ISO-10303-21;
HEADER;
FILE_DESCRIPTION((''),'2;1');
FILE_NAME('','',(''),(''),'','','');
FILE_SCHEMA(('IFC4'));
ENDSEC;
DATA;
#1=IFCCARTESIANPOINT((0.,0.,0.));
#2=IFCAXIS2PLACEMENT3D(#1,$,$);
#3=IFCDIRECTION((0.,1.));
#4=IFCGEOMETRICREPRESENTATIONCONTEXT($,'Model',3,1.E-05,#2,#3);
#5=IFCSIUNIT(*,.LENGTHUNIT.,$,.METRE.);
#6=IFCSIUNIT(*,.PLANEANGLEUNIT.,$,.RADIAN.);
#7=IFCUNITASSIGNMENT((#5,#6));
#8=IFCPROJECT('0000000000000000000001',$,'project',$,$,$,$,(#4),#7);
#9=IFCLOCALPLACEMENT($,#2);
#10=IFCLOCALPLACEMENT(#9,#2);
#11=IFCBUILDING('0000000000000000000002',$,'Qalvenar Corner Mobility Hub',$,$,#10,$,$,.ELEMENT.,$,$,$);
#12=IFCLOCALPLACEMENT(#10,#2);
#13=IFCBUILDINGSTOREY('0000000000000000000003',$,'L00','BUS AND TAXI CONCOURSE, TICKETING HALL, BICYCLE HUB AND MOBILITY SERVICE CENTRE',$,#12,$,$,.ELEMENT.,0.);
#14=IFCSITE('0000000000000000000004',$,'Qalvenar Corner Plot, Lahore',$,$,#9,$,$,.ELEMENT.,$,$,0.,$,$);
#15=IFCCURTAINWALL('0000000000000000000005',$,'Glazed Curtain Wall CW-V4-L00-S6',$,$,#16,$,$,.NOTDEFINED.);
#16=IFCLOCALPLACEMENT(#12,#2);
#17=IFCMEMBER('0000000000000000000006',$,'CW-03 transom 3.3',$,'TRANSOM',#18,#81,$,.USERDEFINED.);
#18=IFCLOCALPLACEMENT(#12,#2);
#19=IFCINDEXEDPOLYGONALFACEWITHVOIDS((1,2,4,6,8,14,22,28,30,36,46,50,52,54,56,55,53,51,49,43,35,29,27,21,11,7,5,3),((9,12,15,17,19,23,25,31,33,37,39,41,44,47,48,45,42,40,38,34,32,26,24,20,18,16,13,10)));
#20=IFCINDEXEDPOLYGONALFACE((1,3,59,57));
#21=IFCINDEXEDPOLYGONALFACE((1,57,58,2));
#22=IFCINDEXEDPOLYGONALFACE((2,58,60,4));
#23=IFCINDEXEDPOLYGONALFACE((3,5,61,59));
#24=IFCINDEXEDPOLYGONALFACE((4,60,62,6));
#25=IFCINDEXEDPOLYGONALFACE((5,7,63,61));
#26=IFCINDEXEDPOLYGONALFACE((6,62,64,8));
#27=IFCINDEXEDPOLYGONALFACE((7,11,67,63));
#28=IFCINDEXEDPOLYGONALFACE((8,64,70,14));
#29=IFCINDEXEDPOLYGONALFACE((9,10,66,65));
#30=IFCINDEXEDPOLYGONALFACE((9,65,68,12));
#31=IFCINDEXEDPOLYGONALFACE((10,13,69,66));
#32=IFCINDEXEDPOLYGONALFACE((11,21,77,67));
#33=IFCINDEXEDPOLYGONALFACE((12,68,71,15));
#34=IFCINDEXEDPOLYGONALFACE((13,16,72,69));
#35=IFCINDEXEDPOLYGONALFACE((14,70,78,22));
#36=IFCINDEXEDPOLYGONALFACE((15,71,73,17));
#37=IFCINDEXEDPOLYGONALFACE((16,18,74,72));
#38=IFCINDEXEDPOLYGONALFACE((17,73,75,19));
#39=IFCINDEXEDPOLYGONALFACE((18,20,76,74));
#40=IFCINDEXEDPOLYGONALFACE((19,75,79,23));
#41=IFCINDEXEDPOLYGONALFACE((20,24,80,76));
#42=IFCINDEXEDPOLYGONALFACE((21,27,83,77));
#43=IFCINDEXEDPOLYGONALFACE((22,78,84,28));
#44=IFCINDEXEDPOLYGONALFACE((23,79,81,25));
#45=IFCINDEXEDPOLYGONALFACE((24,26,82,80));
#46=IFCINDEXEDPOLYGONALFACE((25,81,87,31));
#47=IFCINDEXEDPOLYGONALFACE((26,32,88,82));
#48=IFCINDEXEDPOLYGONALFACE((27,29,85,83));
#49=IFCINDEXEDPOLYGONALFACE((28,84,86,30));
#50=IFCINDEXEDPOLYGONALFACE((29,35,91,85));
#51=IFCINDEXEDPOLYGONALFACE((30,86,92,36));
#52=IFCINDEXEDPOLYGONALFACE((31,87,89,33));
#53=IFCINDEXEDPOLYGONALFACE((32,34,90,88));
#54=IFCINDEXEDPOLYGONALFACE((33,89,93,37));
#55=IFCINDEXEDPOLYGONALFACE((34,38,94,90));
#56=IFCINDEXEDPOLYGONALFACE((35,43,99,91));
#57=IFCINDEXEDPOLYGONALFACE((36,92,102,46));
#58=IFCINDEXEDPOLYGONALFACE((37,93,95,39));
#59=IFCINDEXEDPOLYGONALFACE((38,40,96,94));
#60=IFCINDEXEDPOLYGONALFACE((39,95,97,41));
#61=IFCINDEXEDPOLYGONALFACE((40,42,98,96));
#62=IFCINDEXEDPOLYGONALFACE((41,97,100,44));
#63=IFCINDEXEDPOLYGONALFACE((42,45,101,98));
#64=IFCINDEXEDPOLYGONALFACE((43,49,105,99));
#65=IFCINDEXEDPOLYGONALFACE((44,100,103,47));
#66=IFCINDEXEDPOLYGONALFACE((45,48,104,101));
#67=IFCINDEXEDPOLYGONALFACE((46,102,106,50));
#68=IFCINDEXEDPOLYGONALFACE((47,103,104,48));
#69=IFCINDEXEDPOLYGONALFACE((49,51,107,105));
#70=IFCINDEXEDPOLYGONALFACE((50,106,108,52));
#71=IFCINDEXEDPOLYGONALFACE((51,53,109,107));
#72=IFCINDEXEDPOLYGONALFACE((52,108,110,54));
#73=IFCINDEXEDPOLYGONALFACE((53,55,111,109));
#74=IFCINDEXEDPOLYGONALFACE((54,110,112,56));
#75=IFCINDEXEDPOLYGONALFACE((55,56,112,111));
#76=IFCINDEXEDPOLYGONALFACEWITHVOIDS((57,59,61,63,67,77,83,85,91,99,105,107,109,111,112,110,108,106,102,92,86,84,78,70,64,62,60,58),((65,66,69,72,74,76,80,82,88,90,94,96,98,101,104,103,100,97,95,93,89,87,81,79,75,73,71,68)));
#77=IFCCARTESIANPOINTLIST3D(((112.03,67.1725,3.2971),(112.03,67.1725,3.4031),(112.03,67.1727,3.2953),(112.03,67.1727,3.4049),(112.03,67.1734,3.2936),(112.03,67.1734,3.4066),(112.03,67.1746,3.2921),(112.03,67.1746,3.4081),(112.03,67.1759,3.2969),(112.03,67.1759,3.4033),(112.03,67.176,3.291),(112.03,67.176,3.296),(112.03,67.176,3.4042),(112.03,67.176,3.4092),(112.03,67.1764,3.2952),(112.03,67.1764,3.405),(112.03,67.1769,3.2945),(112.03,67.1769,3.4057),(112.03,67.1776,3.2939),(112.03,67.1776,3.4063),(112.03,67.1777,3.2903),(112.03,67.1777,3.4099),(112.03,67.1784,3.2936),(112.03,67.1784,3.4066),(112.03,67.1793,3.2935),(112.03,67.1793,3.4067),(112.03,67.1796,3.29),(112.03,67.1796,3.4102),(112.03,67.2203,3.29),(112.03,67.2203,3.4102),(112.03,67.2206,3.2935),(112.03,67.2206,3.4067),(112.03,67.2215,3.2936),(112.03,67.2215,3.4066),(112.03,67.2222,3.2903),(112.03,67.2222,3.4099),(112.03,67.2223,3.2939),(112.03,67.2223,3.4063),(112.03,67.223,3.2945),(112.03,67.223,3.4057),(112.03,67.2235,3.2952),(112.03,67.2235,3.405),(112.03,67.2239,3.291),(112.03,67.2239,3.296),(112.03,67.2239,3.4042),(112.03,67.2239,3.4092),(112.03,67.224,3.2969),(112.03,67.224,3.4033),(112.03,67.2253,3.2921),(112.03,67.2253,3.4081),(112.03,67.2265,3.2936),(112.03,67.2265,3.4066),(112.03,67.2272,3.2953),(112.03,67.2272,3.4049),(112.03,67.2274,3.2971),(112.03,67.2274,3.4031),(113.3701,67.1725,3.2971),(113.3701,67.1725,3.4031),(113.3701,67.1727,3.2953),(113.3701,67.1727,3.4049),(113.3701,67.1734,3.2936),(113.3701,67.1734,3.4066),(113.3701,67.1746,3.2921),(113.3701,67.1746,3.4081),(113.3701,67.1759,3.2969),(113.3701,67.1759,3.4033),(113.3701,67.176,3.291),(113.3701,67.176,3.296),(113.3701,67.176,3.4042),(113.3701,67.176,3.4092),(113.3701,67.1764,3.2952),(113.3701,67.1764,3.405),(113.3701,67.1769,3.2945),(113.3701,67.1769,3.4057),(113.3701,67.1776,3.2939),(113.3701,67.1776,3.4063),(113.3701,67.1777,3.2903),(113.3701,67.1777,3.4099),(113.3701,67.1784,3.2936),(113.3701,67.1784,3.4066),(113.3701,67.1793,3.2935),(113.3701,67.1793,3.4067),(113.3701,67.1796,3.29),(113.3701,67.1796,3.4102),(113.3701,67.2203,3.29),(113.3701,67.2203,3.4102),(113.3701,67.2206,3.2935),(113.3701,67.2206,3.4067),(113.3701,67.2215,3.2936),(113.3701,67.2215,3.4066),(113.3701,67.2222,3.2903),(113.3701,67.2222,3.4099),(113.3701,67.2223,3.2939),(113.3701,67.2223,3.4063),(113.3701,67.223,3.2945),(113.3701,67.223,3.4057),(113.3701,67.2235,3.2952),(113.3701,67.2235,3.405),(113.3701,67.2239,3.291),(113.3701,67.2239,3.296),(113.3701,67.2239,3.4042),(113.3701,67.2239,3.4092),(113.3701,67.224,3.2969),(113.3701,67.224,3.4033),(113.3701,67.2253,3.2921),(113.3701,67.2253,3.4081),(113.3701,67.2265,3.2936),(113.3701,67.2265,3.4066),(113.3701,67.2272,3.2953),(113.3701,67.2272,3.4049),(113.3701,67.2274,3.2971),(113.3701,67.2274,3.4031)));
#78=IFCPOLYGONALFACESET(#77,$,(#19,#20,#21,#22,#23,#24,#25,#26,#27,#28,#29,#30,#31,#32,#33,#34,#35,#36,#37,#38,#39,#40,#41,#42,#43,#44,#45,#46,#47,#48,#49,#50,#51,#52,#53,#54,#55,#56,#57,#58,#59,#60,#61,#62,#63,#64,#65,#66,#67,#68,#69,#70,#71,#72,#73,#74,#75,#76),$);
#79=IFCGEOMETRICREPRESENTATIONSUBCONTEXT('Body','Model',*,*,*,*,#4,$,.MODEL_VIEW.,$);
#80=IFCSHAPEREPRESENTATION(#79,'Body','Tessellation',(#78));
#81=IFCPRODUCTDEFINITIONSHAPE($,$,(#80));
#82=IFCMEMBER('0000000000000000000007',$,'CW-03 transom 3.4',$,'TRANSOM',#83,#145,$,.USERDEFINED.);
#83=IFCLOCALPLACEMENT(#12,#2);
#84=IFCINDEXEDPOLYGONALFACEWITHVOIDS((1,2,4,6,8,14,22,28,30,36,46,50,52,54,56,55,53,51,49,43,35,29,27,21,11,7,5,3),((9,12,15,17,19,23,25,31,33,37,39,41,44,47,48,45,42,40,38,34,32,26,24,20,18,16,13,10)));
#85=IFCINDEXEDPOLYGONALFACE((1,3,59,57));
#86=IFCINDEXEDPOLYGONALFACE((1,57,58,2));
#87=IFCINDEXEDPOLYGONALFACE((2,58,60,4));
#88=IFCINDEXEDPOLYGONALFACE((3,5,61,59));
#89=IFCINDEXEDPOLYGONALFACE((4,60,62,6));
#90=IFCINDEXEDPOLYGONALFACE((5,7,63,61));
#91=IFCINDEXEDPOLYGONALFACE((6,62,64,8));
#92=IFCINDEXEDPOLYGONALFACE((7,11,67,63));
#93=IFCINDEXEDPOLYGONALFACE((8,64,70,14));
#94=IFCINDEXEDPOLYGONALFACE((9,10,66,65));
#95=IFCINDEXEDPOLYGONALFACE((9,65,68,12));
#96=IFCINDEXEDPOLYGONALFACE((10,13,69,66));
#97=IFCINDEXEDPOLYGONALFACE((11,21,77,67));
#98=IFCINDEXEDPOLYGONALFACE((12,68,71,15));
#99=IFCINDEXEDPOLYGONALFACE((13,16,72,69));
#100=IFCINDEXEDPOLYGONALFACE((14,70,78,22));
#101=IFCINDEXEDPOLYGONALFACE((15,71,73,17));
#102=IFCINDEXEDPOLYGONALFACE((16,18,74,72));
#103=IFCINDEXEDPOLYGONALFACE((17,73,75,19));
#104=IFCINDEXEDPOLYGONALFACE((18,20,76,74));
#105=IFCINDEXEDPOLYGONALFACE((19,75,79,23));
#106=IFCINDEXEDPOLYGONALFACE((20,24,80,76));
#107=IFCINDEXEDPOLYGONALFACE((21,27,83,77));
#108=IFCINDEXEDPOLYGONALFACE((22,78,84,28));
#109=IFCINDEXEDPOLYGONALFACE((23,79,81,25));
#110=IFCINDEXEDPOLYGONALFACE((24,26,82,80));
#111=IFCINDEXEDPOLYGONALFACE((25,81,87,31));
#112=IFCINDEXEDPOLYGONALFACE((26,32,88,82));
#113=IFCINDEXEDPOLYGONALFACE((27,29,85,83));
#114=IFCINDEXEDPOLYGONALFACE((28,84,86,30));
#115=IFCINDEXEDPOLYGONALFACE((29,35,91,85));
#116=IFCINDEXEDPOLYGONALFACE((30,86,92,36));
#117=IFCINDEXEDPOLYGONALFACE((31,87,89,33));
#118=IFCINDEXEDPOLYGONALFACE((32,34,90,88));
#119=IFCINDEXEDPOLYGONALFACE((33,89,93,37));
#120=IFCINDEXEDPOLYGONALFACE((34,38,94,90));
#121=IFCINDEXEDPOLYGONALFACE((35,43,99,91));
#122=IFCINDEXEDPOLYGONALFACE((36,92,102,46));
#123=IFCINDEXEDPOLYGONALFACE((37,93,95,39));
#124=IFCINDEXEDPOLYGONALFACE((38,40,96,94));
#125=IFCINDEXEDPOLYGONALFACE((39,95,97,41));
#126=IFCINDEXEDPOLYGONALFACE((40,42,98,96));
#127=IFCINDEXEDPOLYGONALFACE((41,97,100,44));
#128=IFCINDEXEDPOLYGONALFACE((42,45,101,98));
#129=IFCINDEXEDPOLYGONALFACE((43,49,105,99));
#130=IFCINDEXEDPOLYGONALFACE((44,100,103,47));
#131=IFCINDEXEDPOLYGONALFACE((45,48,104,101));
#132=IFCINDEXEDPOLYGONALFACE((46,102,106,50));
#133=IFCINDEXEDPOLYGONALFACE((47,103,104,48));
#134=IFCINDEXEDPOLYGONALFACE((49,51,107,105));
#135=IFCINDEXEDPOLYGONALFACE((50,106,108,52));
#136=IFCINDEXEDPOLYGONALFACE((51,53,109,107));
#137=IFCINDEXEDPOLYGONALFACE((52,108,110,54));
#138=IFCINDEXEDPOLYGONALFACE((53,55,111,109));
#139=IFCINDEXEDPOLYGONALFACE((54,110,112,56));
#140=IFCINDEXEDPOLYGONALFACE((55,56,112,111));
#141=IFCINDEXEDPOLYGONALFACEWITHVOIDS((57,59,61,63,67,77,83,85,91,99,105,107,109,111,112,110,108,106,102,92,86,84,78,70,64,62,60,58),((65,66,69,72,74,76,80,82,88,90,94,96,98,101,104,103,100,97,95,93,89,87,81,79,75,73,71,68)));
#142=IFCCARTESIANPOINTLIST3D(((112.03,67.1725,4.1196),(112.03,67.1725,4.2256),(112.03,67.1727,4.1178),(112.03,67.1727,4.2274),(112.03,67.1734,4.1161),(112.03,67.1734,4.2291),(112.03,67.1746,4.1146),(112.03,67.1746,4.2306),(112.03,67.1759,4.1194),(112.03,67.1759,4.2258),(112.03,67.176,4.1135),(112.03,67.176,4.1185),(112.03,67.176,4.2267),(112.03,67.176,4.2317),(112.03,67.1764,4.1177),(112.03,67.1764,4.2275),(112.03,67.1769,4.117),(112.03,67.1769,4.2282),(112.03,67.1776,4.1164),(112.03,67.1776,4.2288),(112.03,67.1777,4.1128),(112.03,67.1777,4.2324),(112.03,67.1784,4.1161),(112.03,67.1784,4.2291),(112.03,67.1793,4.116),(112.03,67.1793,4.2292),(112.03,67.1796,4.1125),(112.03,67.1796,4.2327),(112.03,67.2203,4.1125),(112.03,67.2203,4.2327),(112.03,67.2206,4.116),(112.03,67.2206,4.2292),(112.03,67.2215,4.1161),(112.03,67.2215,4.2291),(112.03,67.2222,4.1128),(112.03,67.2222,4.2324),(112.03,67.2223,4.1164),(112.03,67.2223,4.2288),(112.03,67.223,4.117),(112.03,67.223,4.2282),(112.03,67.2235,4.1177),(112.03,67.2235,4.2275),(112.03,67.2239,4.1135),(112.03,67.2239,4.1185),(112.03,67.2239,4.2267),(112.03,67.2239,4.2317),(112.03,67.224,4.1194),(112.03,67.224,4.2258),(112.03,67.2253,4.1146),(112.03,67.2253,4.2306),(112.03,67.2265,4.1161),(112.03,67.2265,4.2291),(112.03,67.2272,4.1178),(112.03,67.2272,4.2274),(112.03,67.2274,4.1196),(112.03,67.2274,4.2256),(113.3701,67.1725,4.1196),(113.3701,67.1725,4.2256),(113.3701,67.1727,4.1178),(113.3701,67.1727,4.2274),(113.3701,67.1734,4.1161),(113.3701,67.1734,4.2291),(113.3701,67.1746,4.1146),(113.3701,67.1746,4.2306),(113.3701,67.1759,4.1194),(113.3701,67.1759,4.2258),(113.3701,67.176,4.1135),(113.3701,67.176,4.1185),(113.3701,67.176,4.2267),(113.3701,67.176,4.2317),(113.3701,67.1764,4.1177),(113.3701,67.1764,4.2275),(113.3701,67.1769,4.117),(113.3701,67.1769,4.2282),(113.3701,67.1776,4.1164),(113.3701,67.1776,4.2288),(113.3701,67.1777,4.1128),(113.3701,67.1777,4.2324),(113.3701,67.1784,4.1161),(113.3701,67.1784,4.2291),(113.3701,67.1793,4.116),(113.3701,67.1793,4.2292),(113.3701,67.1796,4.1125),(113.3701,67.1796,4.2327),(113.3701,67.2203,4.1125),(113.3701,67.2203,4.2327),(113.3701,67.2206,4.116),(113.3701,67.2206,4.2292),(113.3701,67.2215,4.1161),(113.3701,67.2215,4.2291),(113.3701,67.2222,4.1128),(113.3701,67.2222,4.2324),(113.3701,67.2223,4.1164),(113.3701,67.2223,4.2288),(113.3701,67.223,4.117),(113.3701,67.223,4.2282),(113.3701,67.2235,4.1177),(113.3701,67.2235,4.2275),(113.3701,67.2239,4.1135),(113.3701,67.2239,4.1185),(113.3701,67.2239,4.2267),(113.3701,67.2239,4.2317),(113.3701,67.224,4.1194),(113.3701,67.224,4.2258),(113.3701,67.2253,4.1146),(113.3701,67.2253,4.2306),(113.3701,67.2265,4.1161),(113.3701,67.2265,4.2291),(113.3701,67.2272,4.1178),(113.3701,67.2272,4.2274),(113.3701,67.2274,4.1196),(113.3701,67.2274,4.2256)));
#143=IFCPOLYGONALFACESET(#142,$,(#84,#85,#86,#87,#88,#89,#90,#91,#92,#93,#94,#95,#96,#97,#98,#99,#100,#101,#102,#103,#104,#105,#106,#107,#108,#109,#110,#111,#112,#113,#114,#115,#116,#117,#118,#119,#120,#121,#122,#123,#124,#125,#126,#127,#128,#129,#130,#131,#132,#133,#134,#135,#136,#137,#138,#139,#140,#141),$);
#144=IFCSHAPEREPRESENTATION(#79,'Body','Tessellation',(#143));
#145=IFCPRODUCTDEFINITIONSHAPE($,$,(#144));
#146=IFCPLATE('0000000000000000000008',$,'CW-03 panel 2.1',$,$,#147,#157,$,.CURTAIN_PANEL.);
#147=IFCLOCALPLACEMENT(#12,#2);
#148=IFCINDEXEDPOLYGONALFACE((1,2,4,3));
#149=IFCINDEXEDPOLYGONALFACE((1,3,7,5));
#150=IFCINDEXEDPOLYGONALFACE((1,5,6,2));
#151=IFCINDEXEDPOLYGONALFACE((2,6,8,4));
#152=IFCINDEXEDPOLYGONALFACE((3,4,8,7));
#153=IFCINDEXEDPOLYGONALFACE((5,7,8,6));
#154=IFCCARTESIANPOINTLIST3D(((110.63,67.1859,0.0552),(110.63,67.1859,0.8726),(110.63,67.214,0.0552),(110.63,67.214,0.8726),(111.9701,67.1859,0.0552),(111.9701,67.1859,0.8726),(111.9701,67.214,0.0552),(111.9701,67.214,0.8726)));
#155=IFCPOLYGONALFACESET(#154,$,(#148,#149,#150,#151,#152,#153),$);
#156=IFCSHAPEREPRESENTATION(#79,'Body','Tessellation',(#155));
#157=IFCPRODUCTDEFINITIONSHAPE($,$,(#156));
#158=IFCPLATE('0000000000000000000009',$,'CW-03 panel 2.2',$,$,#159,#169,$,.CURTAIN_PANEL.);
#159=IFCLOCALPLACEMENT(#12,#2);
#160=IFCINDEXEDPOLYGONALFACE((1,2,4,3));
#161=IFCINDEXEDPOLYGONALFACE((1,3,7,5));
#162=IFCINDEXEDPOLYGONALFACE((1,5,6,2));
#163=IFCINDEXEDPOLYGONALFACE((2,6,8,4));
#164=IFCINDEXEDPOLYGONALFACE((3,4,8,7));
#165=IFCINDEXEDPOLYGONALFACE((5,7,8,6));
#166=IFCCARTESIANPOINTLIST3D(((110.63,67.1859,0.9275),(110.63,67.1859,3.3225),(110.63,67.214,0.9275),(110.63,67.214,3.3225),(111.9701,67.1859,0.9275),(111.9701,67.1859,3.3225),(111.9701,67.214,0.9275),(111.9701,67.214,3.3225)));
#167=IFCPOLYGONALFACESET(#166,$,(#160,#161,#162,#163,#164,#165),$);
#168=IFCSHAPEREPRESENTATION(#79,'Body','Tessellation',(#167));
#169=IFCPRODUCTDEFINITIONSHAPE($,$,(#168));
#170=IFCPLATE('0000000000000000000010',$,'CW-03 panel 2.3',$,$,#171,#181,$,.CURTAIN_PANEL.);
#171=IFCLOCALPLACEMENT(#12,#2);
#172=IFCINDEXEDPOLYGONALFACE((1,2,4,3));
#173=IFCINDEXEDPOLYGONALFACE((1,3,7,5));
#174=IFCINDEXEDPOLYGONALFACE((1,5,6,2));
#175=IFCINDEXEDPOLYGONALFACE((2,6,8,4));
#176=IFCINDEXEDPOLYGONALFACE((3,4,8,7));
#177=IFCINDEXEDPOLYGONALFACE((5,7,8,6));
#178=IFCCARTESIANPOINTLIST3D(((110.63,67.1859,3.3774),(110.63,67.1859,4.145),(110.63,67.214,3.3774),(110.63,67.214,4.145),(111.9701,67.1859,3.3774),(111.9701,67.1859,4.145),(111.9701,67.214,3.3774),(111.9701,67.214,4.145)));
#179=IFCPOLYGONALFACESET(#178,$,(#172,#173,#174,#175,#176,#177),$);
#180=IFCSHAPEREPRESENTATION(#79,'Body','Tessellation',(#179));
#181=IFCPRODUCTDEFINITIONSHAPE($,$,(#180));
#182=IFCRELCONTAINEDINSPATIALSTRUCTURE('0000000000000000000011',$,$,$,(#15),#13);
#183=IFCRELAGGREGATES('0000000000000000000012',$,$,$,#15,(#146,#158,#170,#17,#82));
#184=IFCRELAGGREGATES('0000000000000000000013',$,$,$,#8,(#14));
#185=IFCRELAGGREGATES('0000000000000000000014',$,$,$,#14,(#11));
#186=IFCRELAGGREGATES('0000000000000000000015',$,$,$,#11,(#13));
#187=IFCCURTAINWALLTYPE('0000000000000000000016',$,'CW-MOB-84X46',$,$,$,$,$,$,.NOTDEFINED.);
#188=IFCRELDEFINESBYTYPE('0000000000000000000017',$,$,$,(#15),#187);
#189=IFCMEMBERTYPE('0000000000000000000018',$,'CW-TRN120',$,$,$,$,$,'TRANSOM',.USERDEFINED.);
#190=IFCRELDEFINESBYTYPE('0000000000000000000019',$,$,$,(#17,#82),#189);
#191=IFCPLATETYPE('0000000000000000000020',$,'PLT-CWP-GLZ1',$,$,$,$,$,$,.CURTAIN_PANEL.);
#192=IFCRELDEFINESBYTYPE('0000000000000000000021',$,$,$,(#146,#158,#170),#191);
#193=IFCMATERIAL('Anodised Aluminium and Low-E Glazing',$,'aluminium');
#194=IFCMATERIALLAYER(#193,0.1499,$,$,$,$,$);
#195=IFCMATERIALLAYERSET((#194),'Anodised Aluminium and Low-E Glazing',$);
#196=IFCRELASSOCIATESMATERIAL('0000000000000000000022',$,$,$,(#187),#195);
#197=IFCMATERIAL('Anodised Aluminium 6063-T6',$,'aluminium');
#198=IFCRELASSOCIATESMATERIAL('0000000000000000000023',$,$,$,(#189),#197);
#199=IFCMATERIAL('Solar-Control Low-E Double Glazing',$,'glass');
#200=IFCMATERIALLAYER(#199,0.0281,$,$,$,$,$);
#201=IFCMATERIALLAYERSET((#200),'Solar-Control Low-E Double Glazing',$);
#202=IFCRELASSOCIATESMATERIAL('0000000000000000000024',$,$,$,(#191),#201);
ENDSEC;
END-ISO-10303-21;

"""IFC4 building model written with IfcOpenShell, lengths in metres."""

from ifc_helpers import new_model, si_unit, direction, frame, origin, origin_2d, place, context, subcontext, project, spatial, rectangle, hollow_rectangle, extrude, material, layer, layer_set, material_profile, profile_set, type_object, element, aggregate, save


model = new_model("IFC4")

# Units and contexts
model_context = context("Model", 3, precision=1e-05, world=origin(), true_north=direction((0.0, 1.0)))
body_context = subcontext(model_context, "Body", "Model", "MODEL_VIEW")
ifc_project = project(units=[si_unit("LENGTHUNIT", "METRE"), si_unit("PLANEANGLEUNIT", "RADIAN")], contexts=[model_context])

# Site, building, storey
site_placement = place(None, origin())
site = spatial("IfcSite", under=ifc_project, at=site_placement, Name="Qalvenar Corner Plot, Lahore", CompositionType="ELEMENT", RefElevation=0.0)
building_placement = place(site_placement, origin())
building = spatial("IfcBuilding", under=site, at=building_placement, Name="Qalvenar Corner Mobility Hub", CompositionType="ELEMENT")
storey_placement = place(building_placement, origin())
storey = spatial("IfcBuildingStorey", under=building, at=storey_placement, Name="L00", Description="BUS AND TAXI CONCOURSE, TICKETING HALL, BICYCLE HUB AND MOBILITY SERVICE CENTRE", CompositionType="ELEMENT", Elevation=0.0)

# Curtain wall, members, plates
ifc_material_1 = material(Name="Anodised Aluminium and Low-E Glazing", Category="aluminium")
ifc_layer_1 = layer(ifc_material_1, 0.1499)
ifc_layer_set_1 = layer_set([ifc_layer_1], Name="Anodised Aluminium and Low-E Glazing")
curtain_wall_type = type_object("IfcCurtainWallType", Name="CW-MOB-84X46", PredefinedType="NOTDEFINED", material=ifc_layer_set_1)
curtain_wall_placement = place(storey_placement, origin())
curtain_wall = element("IfcCurtainWall", 1, at=curtain_wall_placement, inside=storey, type_object=curtain_wall_type, Name="Glazed Curtain Wall CW-V4-L00-S6", PredefinedType="NOTDEFINED")
ifc_material_2 = material(Name="Anodised Aluminium 6063-T6", Category="aluminium")
ifc_material_profile_1 = material_profile(ifc_material_2, hollow_rectangle(XDim=0.0549, YDim=0.1201, WallThickness=0.0034, InnerFilletRadius=0.0034, OuterFilletRadius=0.0071, at=origin_2d()), Name="RHS120x55x3.5")
ifc_profile_set_1 = profile_set([ifc_material_profile_1], Name="Anodised Aluminium 6063-T6")
member_type_1 = type_object("IfcMemberType", Name="CW-TRN120", ElementType="TRANSOM", PredefinedType="USERDEFINED", material=ifc_profile_set_1)
member_1_placement = place(storey_placement, frame((112.03, 67.2, 3.3501), z_axis=(1.0, 0.0, 0.0), x_axis=(0.0, 1.0, 0.0)))
member_1 = element("IfcMember", 2, at=member_1_placement, type_object=member_type_1, Name="CW-03 transom 3.3", ObjectType="TRANSOM", PredefinedType="USERDEFINED", context=body_context, shape_type="SweptSolid", body=[
    extrude(hollow_rectangle(XDim=0.0549, YDim=0.1201, WallThickness=0.0034, InnerFilletRadius=0.0034, OuterFilletRadius=0.0071, at=origin_2d()), origin(), (0.0, 0.0, 1.0), 1.3401),
])
member_2_placement = place(storey_placement, frame((112.03, 67.2, 4.1726), z_axis=(1.0, 0.0, 0.0), x_axis=(0.0, 1.0, 0.0)))
member_2 = element("IfcMember", 3, at=member_2_placement, type_object=member_type_1, Name="CW-03 transom 3.4", ObjectType="TRANSOM", PredefinedType="USERDEFINED", context=body_context, shape_type="SweptSolid", body=[
    extrude(hollow_rectangle(XDim=0.0549, YDim=0.1201, WallThickness=0.0034, InnerFilletRadius=0.0034, OuterFilletRadius=0.0071, at=origin_2d()), origin(), (0.0, 0.0, 1.0), 1.3401),
])
ifc_material_3 = material(Name="Solar-Control Low-E Double Glazing", Category="glass")
ifc_layer_2 = layer(ifc_material_3, 0.0281)
ifc_layer_set_2 = layer_set([ifc_layer_2], Name="Solar-Control Low-E Double Glazing")
plate_type = type_object("IfcPlateType", Name="PLT-CWP-GLZ1", PredefinedType="CURTAIN_PANEL", material=ifc_layer_set_2)
plate_1_placement = place(storey_placement, frame((111.3, 67.2, 0.0552), z_axis=(0.0, 0.0, 1.0), x_axis=(1.0, 0.0, 0.0)))
plate_1 = element("IfcPlate", 4, at=plate_1_placement, type_object=plate_type, Name="CW-03 panel 2.1", PredefinedType="CURTAIN_PANEL", context=body_context, shape_type="SweptSolid", body=[
    extrude(rectangle(XDim=1.3401, YDim=0.0281, at=origin_2d()), origin(), (0.0, 0.0, 1.0), 0.8174),
])
plate_2_placement = place(storey_placement, frame((111.3, 67.2, 0.9275), z_axis=(0.0, 0.0, 1.0), x_axis=(1.0, 0.0, 0.0)))
plate_2 = element("IfcPlate", 5, at=plate_2_placement, type_object=plate_type, Name="CW-03 panel 2.2", PredefinedType="CURTAIN_PANEL", context=body_context, shape_type="SweptSolid", body=[
    extrude(rectangle(XDim=1.3401, YDim=0.0281, at=origin_2d()), origin(), (0.0, 0.0, 1.0), 2.395),
])
plate_3_placement = place(storey_placement, frame((111.3, 67.2, 3.3774), z_axis=(0.0, 0.0, 1.0), x_axis=(1.0, 0.0, 0.0)))
plate_3 = element("IfcPlate", 6, at=plate_3_placement, type_object=plate_type, Name="CW-03 panel 2.3", PredefinedType="CURTAIN_PANEL", context=body_context, shape_type="SweptSolid", body=[
    extrude(rectangle(XDim=1.3401, YDim=0.0281, at=origin_2d()), origin(), (0.0, 0.0, 1.0), 0.7676),
])
aggregate(curtain_wall, [plate_1, plate_2, plate_3, member_1, member_2])

save(model, "model.ifc")
